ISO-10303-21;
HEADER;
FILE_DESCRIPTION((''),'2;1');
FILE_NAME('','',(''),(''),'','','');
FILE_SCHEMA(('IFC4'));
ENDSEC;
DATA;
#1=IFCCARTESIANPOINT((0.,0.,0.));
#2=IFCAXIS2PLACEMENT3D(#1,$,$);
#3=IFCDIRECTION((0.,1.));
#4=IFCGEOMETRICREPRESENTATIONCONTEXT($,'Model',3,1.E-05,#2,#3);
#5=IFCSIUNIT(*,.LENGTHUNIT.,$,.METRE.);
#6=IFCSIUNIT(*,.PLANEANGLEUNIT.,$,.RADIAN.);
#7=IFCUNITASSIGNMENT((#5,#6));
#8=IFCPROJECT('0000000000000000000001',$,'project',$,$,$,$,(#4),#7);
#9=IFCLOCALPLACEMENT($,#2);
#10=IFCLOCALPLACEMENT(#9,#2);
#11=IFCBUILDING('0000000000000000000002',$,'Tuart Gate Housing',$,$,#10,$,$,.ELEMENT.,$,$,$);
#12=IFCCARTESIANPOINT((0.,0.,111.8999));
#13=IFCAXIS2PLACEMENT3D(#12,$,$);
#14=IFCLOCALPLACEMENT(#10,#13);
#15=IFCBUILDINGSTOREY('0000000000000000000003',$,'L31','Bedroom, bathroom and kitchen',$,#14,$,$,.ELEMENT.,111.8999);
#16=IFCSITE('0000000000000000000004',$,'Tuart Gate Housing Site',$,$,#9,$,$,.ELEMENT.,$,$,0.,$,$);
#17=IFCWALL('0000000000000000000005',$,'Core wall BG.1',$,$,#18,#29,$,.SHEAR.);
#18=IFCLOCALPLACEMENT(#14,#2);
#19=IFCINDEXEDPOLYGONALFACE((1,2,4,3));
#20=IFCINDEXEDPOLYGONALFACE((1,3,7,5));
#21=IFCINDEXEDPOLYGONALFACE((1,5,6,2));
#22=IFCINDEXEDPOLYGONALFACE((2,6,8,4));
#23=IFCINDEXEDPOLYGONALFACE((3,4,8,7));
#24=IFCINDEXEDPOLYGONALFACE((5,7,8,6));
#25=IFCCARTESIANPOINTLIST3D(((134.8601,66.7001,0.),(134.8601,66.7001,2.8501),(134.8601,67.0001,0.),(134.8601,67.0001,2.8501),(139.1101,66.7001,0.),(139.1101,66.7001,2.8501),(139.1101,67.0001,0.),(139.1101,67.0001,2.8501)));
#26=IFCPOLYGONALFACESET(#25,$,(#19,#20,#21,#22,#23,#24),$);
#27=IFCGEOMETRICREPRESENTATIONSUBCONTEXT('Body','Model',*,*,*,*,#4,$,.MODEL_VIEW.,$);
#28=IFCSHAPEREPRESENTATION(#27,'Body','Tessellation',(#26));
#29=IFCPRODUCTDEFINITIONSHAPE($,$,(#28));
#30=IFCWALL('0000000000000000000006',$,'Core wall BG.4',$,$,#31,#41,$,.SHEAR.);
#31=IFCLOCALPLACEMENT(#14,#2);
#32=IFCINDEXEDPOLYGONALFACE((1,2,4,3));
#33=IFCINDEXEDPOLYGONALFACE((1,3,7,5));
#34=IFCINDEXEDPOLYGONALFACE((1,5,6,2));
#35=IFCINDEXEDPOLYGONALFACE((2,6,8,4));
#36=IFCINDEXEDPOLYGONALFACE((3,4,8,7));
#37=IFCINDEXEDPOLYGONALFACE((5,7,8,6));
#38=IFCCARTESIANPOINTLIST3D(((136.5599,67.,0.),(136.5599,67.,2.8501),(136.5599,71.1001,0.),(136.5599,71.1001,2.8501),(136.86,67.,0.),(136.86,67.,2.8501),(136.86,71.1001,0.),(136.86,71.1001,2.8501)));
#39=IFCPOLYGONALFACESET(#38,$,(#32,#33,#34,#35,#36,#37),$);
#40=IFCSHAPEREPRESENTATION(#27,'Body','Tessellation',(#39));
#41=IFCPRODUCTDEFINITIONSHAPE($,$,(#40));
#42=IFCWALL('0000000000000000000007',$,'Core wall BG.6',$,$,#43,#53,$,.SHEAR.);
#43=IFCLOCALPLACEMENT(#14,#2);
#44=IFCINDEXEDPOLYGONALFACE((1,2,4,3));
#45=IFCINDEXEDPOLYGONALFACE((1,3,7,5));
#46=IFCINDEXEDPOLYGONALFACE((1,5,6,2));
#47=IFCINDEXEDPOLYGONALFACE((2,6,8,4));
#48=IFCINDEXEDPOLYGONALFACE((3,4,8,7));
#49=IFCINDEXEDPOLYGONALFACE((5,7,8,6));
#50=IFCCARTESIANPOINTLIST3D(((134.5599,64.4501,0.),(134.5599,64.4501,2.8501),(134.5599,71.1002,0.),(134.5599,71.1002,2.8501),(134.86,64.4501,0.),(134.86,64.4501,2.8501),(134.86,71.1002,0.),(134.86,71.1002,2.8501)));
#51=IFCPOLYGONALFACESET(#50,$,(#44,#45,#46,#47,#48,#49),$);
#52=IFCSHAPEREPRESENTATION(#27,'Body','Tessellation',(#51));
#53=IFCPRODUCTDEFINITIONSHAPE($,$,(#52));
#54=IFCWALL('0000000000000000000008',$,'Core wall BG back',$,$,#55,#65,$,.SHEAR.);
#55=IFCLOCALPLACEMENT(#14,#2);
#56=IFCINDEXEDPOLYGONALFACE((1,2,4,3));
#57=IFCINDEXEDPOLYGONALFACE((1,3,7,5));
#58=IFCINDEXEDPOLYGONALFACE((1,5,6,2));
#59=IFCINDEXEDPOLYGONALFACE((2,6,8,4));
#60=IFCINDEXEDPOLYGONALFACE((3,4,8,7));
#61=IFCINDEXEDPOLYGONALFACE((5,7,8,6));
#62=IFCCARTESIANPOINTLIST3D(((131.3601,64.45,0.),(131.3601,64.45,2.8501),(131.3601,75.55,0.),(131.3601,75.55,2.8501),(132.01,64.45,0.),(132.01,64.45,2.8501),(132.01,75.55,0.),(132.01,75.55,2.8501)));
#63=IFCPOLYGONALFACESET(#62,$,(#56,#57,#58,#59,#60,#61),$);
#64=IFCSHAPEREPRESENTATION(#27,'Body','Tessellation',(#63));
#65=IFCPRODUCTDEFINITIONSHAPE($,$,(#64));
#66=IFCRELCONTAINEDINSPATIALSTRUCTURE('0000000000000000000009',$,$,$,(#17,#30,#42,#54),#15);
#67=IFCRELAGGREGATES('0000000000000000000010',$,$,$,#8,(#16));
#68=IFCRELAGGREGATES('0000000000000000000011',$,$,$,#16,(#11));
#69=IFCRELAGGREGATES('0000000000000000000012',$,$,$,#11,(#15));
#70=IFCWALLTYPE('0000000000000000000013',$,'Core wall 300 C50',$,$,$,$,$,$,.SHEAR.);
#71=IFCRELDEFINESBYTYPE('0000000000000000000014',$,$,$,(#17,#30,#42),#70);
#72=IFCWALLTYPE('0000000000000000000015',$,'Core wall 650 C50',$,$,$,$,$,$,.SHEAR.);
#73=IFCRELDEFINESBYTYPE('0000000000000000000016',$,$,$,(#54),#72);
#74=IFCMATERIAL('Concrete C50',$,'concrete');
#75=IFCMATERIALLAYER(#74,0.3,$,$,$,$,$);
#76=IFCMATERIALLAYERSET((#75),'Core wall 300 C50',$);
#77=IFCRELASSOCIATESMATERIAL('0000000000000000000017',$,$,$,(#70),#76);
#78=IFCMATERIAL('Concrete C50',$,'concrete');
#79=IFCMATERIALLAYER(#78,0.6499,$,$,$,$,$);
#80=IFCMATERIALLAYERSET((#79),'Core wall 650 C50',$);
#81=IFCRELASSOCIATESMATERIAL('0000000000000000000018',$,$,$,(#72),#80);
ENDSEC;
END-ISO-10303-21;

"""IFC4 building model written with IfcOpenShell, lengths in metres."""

from ifc_helpers import new_model, si_unit, direction, frame, frame_2d, origin, place, context, subcontext, project, spatial, rectangle, extrude, material, layer, layer_set, type_object, element, save


model = new_model("IFC4")

# Units and contexts
model_context = context("Model", 3, precision=1e-05, world=origin(), true_north=direction((0.0, 1.0)))
body_context = subcontext(model_context, "Body", "Model", "MODEL_VIEW")
ifc_project = project(units=[si_unit("LENGTHUNIT", "METRE"), si_unit("PLANEANGLEUNIT", "RADIAN")], contexts=[model_context])

# Site, building, storey
site_placement = place(None, origin())
site = spatial("IfcSite", under=ifc_project, at=site_placement, Name="Tuart Gate Housing Site", CompositionType="ELEMENT", RefElevation=0.0)
building_placement = place(site_placement, origin())
building = spatial("IfcBuilding", under=site, at=building_placement, Name="Tuart Gate Housing", CompositionType="ELEMENT")
storey_placement = place(building_placement, frame((0.0, 0.0, 111.8999)))
storey = spatial("IfcBuildingStorey", under=building, at=storey_placement, Name="L31", Description="Bedroom, bathroom and kitchen", CompositionType="ELEMENT", Elevation=111.8999)

# Walls
ifc_material_1 = material(Name="Concrete C50", Category="concrete")
ifc_layer_1 = layer(ifc_material_1, 0.3)
ifc_layer_set_1 = layer_set([ifc_layer_1], Name="Core wall 300 C50")
wall_type_1 = type_object("IfcWallType", Name="Core wall 300 C50", PredefinedType="SHEAR", material=ifc_layer_set_1)
wall_1_placement = place(storey_placement, frame((139.1101, 66.8501, 0.0), z_axis=(0.0, 0.0, 1.0), x_axis=(-1.0, 0.0, 0.0)))
element("IfcWall", 1, at=wall_1_placement, inside=storey, type_object=wall_type_1, Name="Core wall BG.1", PredefinedType="SHEAR", context=body_context, shape_type="SweptSolid", body=[
    extrude(rectangle(XDim=4.25, YDim=0.3, at=frame_2d((2.125, 0.0))), origin(), (0.0, 0.0, 1.0), 2.8501),
])
wall_2_placement = place(storey_placement, frame((136.71, 67.0, 0.0), z_axis=(0.0, 0.0, 1.0), x_axis=(0.0, 1.0, 0.0)))
element("IfcWall", 2, at=wall_2_placement, inside=storey, type_object=wall_type_1, Name="Core wall BG.4", PredefinedType="SHEAR", context=body_context, shape_type="SweptSolid", body=[
    extrude(rectangle(XDim=4.1001, YDim=0.3, at=frame_2d((2.05, 0.0))), origin(), (0.0, 0.0, 1.0), 2.8501),
])
wall_3_placement = place(storey_placement, frame((134.71, 64.45, 0.0), z_axis=(0.0, 0.0, 1.0), x_axis=(0.0, 1.0, 0.0)))
element("IfcWall", 3, at=wall_3_placement, inside=storey, type_object=wall_type_1, Name="Core wall BG.6", PredefinedType="SHEAR", context=body_context, shape_type="SweptSolid", body=[
    extrude(rectangle(XDim=6.6501, YDim=0.3, at=frame_2d((3.3252, 0.0))), origin(), (0.0, 0.0, 1.0), 2.8501),
])
ifc_material_2 = material(Name="Concrete C50", Category="concrete")
ifc_layer_2 = layer(ifc_material_2, 0.6499)
ifc_layer_set_2 = layer_set([ifc_layer_2], Name="Core wall 650 C50")
wall_type_2 = type_object("IfcWallType", Name="Core wall 650 C50", PredefinedType="SHEAR", material=ifc_layer_set_2)
wall_4_placement = place(storey_placement, frame((131.6851, 64.45, 0.0), z_axis=(0.0, 0.0, 1.0), x_axis=(0.0, 1.0, 0.0)))
element("IfcWall", 4, at=wall_4_placement, inside=storey, type_object=wall_type_2, Name="Core wall BG back", PredefinedType="SHEAR", context=body_context, shape_type="SweptSolid", body=[
    extrude(rectangle(XDim=11.1001, YDim=0.6499, at=frame_2d((5.55, 0.0))), origin(), (0.0, 0.0, 1.0), 2.8501),
])

save(model, "model.ifc")
